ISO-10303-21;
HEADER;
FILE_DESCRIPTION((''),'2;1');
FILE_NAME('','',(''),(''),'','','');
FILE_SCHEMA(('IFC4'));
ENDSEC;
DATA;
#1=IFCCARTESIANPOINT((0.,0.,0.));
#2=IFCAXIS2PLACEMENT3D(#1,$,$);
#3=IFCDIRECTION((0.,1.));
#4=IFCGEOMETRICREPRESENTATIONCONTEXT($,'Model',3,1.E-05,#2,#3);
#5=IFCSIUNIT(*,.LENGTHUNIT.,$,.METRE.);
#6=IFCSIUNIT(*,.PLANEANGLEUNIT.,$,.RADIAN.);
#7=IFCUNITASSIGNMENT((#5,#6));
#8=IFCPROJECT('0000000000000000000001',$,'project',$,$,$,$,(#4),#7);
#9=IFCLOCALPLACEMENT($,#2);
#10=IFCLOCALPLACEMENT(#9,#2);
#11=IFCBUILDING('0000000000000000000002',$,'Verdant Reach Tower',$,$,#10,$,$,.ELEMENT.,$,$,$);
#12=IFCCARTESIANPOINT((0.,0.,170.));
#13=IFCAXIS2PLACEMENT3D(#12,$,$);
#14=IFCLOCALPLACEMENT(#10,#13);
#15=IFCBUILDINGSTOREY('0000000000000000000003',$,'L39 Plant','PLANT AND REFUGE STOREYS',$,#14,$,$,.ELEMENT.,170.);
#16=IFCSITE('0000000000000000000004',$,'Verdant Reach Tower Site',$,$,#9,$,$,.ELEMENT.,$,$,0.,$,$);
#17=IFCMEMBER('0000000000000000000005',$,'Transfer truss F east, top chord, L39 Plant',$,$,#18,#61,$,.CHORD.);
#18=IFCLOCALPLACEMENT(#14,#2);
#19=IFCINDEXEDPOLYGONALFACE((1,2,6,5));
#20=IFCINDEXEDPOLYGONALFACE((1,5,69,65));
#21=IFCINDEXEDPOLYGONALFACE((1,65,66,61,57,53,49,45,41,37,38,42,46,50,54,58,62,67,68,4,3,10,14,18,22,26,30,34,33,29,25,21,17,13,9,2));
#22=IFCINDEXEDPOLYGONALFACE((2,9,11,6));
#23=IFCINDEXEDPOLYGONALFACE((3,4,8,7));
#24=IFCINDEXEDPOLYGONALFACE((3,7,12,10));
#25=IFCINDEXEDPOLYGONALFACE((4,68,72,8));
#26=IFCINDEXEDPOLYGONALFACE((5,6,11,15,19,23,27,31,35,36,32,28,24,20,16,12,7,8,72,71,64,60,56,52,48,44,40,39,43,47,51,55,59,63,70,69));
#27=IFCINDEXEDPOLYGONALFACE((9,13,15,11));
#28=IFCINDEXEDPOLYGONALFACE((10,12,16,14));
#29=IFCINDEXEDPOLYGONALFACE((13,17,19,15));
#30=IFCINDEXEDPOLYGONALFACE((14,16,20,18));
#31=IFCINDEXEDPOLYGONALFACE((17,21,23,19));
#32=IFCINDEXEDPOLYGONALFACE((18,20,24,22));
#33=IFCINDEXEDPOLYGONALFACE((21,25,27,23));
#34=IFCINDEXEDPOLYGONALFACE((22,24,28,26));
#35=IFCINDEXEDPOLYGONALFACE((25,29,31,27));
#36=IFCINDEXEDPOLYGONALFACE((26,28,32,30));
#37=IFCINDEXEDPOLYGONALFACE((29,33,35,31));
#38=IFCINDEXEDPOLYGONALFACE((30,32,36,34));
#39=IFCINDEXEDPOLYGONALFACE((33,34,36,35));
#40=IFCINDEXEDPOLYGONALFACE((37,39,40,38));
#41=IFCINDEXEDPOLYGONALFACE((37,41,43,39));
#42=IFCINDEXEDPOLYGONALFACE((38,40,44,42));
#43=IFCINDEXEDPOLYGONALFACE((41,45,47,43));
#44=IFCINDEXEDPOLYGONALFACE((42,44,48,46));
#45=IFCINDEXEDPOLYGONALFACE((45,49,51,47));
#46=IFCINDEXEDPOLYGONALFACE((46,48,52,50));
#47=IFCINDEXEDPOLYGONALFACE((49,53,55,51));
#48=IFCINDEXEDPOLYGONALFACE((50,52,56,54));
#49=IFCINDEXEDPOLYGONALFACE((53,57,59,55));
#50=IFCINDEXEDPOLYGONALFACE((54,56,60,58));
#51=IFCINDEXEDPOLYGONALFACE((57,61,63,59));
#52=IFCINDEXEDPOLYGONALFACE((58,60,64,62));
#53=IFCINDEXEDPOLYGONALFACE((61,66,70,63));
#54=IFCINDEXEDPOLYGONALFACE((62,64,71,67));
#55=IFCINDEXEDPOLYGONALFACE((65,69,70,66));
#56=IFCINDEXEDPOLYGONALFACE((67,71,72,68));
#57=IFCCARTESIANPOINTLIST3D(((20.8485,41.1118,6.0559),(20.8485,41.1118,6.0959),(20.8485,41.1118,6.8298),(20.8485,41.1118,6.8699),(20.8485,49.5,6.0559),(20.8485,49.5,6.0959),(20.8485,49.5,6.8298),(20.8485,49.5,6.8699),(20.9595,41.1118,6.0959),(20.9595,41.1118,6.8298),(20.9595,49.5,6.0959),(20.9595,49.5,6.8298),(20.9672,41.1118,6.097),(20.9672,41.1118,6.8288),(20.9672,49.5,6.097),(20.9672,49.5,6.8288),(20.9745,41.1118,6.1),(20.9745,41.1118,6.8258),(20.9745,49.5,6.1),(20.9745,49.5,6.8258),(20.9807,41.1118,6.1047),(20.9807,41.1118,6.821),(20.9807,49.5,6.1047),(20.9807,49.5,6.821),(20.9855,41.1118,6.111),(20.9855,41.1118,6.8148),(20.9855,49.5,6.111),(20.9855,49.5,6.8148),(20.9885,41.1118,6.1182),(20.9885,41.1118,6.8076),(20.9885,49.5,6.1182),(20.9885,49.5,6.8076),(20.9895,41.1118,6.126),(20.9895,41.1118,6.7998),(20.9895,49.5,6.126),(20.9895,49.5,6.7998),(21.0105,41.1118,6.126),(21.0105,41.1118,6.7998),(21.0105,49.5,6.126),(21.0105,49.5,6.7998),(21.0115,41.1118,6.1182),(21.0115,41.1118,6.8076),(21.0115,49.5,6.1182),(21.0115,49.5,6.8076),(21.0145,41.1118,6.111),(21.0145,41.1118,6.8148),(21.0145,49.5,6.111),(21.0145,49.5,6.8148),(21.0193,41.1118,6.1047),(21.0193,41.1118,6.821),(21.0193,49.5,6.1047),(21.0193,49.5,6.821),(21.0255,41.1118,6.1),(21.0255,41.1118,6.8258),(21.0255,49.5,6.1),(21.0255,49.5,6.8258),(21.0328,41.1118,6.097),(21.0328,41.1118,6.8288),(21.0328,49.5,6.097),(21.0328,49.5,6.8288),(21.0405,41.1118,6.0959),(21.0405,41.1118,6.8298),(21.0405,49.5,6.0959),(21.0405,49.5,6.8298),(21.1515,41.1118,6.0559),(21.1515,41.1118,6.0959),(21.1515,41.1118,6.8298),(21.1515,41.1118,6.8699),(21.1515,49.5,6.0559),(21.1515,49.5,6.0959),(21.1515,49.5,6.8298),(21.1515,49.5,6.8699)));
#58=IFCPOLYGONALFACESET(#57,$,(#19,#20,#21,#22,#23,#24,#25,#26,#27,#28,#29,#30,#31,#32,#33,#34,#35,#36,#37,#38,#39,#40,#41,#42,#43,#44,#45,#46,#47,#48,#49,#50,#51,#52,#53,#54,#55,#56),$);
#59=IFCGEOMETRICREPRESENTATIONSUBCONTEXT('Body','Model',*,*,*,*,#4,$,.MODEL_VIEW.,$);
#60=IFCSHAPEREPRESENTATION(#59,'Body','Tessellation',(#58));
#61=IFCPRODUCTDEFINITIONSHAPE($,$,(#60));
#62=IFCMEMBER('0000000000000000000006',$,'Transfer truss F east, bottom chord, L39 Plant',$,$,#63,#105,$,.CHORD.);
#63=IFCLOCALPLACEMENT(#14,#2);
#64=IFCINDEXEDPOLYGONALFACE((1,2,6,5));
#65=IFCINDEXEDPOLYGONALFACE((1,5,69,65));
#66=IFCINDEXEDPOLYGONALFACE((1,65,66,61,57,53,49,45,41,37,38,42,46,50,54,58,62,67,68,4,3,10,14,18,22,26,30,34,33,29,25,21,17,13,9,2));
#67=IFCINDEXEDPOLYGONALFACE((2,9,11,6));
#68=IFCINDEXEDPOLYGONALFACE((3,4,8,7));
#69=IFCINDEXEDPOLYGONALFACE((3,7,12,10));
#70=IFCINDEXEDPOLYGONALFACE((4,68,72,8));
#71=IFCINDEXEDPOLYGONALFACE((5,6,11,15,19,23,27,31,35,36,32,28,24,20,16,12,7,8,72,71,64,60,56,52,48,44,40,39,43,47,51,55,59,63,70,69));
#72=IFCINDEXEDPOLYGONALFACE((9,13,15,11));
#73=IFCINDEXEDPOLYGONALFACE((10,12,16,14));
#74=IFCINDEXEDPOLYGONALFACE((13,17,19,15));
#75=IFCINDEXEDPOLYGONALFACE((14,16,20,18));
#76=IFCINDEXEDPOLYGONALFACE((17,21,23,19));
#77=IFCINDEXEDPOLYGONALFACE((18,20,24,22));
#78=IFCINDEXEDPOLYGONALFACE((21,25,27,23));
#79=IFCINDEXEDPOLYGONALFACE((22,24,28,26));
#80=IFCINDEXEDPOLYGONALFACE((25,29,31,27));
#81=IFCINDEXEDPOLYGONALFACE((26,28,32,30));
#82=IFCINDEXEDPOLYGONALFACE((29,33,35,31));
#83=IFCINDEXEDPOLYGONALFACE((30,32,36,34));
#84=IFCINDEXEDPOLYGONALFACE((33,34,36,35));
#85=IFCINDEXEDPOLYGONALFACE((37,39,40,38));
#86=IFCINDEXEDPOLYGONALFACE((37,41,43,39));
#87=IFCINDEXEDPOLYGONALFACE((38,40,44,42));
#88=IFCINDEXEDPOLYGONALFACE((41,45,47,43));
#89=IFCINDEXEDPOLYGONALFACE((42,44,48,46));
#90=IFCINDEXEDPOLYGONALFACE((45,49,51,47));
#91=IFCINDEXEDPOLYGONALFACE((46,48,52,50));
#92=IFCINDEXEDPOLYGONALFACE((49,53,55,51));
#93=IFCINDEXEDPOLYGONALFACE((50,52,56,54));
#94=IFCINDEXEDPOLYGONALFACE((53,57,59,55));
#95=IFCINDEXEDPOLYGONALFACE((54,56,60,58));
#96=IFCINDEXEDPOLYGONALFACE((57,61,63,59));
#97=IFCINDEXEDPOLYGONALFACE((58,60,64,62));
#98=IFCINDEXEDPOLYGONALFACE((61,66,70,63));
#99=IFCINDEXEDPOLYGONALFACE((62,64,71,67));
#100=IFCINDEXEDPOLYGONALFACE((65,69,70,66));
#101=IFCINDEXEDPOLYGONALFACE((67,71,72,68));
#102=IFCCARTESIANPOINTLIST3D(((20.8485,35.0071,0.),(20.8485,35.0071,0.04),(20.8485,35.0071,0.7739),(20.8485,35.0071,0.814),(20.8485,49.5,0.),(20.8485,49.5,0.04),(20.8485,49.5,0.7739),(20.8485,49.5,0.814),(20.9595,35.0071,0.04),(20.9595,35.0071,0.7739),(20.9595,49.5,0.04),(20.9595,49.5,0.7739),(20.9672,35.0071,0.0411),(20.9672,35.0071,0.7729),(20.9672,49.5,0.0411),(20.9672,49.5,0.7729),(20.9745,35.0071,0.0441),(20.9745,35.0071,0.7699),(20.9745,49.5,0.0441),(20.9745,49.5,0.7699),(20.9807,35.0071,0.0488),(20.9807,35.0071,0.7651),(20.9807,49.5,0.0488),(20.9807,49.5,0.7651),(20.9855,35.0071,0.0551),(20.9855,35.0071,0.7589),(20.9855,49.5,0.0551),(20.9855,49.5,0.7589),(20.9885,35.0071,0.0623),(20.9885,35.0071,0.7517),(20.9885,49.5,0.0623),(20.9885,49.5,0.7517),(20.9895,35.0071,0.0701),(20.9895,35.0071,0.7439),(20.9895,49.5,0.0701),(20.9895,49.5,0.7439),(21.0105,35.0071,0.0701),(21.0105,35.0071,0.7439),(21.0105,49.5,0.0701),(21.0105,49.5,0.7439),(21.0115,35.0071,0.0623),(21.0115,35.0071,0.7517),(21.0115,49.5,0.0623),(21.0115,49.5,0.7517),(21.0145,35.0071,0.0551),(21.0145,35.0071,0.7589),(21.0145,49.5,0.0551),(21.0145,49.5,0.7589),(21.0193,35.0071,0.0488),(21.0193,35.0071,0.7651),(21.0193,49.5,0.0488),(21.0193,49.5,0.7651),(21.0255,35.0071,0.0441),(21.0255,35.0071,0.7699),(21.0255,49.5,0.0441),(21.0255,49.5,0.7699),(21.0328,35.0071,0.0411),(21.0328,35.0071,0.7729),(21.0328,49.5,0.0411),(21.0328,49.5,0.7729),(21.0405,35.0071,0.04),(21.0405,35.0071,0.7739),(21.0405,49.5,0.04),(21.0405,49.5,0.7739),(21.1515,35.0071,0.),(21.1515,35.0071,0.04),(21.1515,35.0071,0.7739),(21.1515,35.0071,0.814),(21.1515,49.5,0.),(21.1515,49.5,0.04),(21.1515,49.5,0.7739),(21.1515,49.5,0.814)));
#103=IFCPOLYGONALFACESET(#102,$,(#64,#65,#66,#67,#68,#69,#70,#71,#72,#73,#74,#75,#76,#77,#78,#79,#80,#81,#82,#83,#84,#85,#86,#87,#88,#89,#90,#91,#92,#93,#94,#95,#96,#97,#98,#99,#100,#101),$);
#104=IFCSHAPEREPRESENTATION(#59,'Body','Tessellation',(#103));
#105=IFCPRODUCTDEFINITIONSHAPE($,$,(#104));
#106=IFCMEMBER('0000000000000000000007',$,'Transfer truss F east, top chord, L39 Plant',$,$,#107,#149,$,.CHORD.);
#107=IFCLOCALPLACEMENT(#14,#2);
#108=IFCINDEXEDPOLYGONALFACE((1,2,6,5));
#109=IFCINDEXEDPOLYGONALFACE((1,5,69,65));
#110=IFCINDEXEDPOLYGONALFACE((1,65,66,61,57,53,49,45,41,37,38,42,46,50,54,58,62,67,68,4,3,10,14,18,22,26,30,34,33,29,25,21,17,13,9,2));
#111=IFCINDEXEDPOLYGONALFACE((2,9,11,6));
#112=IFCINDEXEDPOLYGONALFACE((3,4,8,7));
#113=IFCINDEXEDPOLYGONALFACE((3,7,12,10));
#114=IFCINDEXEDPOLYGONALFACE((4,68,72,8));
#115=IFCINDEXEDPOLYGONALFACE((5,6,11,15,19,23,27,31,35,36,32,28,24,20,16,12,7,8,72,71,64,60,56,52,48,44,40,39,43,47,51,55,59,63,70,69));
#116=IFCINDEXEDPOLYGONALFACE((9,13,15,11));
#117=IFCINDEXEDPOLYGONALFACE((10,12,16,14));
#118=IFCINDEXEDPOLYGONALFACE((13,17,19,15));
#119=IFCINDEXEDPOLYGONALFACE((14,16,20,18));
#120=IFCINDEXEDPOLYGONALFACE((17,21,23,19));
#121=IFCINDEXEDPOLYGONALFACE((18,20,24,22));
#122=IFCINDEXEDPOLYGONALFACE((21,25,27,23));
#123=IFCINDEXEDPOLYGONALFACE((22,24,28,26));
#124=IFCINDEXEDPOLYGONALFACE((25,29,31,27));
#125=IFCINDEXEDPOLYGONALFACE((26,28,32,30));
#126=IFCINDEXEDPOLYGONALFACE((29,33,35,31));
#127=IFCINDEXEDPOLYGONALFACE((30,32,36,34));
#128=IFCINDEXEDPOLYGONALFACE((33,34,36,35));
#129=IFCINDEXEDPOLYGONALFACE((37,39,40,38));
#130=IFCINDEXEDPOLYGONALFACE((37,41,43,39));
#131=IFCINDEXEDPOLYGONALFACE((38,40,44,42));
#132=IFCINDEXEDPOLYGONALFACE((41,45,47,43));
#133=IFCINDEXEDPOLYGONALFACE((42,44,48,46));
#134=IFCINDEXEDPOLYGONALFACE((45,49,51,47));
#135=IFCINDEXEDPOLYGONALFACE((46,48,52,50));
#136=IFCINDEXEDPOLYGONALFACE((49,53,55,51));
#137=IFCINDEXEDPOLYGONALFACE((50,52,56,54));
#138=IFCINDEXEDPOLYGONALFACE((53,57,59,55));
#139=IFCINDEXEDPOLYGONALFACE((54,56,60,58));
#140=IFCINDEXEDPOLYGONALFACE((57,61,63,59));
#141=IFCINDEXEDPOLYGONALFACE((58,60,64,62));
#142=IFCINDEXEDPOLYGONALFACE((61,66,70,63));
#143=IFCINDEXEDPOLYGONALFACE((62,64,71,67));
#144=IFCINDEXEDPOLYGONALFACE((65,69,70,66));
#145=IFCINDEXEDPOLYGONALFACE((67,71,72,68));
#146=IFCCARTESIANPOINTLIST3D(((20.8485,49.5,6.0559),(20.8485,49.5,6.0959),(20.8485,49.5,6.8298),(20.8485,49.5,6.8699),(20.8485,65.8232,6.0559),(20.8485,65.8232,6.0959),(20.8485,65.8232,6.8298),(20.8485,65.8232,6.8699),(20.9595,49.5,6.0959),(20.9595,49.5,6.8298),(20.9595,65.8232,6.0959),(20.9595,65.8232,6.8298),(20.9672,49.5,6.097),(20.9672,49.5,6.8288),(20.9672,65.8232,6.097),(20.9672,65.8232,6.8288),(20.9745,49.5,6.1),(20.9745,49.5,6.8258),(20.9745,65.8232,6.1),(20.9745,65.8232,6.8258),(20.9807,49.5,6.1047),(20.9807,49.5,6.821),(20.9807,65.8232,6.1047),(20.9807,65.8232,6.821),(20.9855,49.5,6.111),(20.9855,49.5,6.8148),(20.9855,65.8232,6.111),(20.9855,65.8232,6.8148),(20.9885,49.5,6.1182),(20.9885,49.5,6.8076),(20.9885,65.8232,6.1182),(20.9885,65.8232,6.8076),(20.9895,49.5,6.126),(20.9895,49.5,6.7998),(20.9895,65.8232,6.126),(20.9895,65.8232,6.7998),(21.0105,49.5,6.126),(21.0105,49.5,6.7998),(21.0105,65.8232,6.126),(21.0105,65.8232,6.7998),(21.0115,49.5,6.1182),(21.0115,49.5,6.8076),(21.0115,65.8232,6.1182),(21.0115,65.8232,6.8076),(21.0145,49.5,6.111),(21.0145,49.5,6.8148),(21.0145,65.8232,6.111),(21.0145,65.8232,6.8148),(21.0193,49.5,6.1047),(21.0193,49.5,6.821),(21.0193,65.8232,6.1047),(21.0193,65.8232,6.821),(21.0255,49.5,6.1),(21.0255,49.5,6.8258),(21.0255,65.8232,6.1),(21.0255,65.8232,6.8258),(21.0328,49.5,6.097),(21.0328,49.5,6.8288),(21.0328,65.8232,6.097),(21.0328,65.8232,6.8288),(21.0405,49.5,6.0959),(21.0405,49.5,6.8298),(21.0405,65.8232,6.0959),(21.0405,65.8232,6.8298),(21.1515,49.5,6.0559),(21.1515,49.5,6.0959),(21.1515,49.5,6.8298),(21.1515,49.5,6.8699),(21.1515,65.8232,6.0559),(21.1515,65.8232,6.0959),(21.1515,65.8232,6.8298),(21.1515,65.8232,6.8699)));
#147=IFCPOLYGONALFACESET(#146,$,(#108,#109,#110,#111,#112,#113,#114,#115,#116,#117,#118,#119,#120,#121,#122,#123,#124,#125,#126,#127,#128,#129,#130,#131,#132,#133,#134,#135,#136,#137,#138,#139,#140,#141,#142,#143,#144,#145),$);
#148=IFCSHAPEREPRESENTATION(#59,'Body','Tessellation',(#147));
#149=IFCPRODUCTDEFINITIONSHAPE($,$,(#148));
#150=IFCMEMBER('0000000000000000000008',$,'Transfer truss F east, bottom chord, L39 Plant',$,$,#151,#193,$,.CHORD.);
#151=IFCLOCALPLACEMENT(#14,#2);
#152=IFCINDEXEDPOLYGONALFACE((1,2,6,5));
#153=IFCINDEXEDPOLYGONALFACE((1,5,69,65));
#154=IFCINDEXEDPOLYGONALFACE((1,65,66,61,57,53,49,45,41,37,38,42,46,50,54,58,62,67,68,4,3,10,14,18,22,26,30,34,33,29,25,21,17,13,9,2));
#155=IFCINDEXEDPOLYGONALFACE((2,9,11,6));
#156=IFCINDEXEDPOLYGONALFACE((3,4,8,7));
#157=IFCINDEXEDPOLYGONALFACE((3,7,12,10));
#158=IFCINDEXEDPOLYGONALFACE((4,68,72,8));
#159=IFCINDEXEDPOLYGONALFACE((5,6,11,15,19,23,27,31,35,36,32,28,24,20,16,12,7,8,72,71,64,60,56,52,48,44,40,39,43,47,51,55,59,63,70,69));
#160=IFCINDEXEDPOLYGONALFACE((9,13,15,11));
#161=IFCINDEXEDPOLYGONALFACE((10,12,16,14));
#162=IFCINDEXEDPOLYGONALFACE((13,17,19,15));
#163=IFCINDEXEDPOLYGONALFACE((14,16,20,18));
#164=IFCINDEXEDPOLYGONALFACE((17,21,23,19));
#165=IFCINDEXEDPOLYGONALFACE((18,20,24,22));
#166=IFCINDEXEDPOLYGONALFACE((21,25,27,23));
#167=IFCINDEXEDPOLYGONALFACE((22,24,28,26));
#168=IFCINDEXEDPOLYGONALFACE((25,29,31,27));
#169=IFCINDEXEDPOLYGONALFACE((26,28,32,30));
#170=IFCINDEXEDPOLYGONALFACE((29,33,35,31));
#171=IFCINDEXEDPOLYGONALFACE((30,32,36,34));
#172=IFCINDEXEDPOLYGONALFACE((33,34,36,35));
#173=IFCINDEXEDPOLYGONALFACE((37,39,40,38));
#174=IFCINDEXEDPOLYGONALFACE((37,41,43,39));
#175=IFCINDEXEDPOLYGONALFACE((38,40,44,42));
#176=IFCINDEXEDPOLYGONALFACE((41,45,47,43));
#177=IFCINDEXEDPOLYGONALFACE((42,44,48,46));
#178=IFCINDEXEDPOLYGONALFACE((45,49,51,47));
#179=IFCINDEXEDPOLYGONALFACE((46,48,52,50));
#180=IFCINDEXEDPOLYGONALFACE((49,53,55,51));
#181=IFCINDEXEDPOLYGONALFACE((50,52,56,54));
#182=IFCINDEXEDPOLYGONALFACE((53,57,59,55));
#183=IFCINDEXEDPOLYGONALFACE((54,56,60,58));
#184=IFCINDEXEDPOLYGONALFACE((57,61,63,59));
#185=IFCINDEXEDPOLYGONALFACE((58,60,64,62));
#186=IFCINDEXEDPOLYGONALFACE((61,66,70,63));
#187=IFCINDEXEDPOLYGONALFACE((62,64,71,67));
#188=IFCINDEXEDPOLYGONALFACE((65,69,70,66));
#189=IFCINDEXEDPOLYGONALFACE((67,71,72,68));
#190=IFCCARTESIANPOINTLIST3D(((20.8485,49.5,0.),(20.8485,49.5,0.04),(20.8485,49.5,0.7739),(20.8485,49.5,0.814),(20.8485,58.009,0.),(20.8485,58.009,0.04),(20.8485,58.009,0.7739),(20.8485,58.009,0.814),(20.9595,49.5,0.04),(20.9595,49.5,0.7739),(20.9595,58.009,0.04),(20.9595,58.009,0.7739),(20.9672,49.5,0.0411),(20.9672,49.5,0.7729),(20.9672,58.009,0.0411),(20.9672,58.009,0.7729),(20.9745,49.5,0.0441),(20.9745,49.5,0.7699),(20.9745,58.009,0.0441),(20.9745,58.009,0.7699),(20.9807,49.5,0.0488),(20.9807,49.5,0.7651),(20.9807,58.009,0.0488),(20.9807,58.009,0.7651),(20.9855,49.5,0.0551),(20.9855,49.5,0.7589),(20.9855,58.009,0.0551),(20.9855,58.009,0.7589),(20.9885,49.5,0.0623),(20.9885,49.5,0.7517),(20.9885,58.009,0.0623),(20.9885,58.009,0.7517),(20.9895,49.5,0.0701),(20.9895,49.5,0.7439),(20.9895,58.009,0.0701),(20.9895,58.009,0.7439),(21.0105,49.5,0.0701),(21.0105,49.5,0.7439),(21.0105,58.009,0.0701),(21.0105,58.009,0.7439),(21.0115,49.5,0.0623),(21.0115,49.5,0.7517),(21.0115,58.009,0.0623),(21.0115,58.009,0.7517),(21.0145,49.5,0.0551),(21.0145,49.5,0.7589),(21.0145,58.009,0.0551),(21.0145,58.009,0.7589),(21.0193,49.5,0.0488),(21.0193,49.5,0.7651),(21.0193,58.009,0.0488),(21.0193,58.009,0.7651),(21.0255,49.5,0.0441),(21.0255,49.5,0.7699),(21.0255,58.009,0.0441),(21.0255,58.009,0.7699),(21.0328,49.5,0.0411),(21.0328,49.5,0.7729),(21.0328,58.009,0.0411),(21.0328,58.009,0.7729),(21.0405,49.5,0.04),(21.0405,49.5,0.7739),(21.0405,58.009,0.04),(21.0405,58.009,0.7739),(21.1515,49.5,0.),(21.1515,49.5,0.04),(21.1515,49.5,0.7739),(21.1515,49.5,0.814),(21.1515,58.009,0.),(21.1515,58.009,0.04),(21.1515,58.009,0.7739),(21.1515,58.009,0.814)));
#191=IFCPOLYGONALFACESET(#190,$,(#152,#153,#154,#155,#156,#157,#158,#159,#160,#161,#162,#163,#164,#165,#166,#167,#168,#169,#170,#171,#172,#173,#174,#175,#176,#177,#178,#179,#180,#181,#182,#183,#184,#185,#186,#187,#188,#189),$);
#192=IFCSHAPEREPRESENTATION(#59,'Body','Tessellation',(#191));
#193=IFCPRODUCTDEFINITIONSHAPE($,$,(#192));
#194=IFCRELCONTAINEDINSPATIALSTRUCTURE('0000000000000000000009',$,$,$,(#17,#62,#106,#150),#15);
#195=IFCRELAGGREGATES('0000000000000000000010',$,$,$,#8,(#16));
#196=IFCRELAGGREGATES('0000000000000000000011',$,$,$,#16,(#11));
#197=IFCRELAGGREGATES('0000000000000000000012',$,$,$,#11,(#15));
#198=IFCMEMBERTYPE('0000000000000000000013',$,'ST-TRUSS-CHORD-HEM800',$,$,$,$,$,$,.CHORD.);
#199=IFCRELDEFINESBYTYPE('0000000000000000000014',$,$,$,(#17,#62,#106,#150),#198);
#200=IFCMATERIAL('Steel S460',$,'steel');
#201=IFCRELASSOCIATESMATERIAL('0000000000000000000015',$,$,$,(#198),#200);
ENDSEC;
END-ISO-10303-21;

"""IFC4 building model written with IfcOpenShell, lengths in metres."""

from ifc_helpers import new_model, si_unit, direction, frame, origin, origin_2d, place, context, subcontext, project, spatial, i_section, extrude, material, material_profile, profile_set, type_object, element, save


model = new_model("IFC4")

# Units and contexts
model_context = context("Model", 3, precision=1e-05, world=origin(), true_north=direction((0.0, 1.0)))
body_context = subcontext(model_context, "Body", "Model", "MODEL_VIEW")
ifc_project = project(units=[si_unit("LENGTHUNIT", "METRE"), si_unit("PLANEANGLEUNIT", "RADIAN")], contexts=[model_context])

# Site, building, storey
site_placement = place(None, origin())
site = spatial("IfcSite", under=ifc_project, at=site_placement, Name="Verdant Reach Tower Site", CompositionType="ELEMENT", RefElevation=0.0)
building_placement = place(site_placement, origin())
building = spatial("IfcBuilding", under=site, at=building_placement, Name="Verdant Reach Tower", CompositionType="ELEMENT")
storey_placement = place(building_placement, frame((0.0, 0.0, 170.0)))
storey = spatial("IfcBuildingStorey", under=building, at=storey_placement, Name="L39 Plant", Description="PLANT AND REFUGE STOREYS", CompositionType="ELEMENT", Elevation=170.0)

# Shared definitions
ifc_material_1 = material(Name="Steel S460", Category="steel")

# Members
ifc_material_profile_1 = material_profile(ifc_material_1, i_section(OverallWidth=0.303, OverallDepth=0.814, WebThickness=0.021, FlangeThickness=0.04, FilletRadius=0.03, at=origin_2d()), Name="HEM 800")
ifc_profile_set_1 = profile_set([ifc_material_profile_1], Name="Steel S460")
member_type_1 = type_object("IfcMemberType", Name="ST-TRUSS-CHORD-HEM800", PredefinedType="CHORD", material=ifc_profile_set_1)
member_1_placement = place(storey_placement, frame((21.0, 41.1118, 6.4629), z_axis=(0.0, 1.0, 0.0), x_axis=(-1.0, 0.0, 0.0)))
element("IfcMember", 1, at=member_1_placement, inside=storey, type_object=member_type_1, Name="Transfer truss F east, top chord, L39 Plant", PredefinedType="CHORD", context=body_context, shape_type="SweptSolid", body=[
    extrude(i_section(OverallWidth=0.303, OverallDepth=0.814, WebThickness=0.021, FlangeThickness=0.04, FilletRadius=0.03, at=origin_2d()), origin(), (0.0, 0.0, 1.0), 8.3882),
])
member_2_placement = place(storey_placement, frame((21.0, 35.0071, 0.407), z_axis=(0.0, 1.0, 0.0), x_axis=(-1.0, 0.0, 0.0)))
element("IfcMember", 2, at=member_2_placement, inside=storey, type_object=member_type_1, Name="Transfer truss F east, bottom chord, L39 Plant", PredefinedType="CHORD", context=body_context, shape_type="SweptSolid", body=[
    extrude(i_section(OverallWidth=0.303, OverallDepth=0.814, WebThickness=0.021, FlangeThickness=0.04, FilletRadius=0.03, at=origin_2d()), origin(), (0.0, 0.0, 1.0), 14.4929),
])
member_3_placement = place(storey_placement, frame((21.0, 49.5, 6.4629), z_axis=(0.0, 1.0, 0.0), x_axis=(-1.0, 0.0, 0.0)))
element("IfcMember", 3, at=member_3_placement, inside=storey, type_object=member_type_1, Name="Transfer truss F east, top chord, L39 Plant", PredefinedType="CHORD", context=body_context, shape_type="SweptSolid", body=[
    extrude(i_section(OverallWidth=0.303, OverallDepth=0.814, WebThickness=0.021, FlangeThickness=0.04, FilletRadius=0.03, at=origin_2d()), origin(), (0.0, 0.0, 1.0), 16.3232),
])
member_4_placement = place(storey_placement, frame((21.0, 49.5, 0.407), z_axis=(0.0, 1.0, 0.0), x_axis=(-1.0, 0.0, 0.0)))
element("IfcMember", 4, at=member_4_placement, inside=storey, type_object=member_type_1, Name="Transfer truss F east, bottom chord, L39 Plant", PredefinedType="CHORD", context=body_context, shape_type="SweptSolid", body=[
    extrude(i_section(OverallWidth=0.303, OverallDepth=0.814, WebThickness=0.021, FlangeThickness=0.04, FilletRadius=0.03, at=origin_2d()), origin(), (0.0, 0.0, 1.0), 8.509),
])

save(model, "model.ifc")
